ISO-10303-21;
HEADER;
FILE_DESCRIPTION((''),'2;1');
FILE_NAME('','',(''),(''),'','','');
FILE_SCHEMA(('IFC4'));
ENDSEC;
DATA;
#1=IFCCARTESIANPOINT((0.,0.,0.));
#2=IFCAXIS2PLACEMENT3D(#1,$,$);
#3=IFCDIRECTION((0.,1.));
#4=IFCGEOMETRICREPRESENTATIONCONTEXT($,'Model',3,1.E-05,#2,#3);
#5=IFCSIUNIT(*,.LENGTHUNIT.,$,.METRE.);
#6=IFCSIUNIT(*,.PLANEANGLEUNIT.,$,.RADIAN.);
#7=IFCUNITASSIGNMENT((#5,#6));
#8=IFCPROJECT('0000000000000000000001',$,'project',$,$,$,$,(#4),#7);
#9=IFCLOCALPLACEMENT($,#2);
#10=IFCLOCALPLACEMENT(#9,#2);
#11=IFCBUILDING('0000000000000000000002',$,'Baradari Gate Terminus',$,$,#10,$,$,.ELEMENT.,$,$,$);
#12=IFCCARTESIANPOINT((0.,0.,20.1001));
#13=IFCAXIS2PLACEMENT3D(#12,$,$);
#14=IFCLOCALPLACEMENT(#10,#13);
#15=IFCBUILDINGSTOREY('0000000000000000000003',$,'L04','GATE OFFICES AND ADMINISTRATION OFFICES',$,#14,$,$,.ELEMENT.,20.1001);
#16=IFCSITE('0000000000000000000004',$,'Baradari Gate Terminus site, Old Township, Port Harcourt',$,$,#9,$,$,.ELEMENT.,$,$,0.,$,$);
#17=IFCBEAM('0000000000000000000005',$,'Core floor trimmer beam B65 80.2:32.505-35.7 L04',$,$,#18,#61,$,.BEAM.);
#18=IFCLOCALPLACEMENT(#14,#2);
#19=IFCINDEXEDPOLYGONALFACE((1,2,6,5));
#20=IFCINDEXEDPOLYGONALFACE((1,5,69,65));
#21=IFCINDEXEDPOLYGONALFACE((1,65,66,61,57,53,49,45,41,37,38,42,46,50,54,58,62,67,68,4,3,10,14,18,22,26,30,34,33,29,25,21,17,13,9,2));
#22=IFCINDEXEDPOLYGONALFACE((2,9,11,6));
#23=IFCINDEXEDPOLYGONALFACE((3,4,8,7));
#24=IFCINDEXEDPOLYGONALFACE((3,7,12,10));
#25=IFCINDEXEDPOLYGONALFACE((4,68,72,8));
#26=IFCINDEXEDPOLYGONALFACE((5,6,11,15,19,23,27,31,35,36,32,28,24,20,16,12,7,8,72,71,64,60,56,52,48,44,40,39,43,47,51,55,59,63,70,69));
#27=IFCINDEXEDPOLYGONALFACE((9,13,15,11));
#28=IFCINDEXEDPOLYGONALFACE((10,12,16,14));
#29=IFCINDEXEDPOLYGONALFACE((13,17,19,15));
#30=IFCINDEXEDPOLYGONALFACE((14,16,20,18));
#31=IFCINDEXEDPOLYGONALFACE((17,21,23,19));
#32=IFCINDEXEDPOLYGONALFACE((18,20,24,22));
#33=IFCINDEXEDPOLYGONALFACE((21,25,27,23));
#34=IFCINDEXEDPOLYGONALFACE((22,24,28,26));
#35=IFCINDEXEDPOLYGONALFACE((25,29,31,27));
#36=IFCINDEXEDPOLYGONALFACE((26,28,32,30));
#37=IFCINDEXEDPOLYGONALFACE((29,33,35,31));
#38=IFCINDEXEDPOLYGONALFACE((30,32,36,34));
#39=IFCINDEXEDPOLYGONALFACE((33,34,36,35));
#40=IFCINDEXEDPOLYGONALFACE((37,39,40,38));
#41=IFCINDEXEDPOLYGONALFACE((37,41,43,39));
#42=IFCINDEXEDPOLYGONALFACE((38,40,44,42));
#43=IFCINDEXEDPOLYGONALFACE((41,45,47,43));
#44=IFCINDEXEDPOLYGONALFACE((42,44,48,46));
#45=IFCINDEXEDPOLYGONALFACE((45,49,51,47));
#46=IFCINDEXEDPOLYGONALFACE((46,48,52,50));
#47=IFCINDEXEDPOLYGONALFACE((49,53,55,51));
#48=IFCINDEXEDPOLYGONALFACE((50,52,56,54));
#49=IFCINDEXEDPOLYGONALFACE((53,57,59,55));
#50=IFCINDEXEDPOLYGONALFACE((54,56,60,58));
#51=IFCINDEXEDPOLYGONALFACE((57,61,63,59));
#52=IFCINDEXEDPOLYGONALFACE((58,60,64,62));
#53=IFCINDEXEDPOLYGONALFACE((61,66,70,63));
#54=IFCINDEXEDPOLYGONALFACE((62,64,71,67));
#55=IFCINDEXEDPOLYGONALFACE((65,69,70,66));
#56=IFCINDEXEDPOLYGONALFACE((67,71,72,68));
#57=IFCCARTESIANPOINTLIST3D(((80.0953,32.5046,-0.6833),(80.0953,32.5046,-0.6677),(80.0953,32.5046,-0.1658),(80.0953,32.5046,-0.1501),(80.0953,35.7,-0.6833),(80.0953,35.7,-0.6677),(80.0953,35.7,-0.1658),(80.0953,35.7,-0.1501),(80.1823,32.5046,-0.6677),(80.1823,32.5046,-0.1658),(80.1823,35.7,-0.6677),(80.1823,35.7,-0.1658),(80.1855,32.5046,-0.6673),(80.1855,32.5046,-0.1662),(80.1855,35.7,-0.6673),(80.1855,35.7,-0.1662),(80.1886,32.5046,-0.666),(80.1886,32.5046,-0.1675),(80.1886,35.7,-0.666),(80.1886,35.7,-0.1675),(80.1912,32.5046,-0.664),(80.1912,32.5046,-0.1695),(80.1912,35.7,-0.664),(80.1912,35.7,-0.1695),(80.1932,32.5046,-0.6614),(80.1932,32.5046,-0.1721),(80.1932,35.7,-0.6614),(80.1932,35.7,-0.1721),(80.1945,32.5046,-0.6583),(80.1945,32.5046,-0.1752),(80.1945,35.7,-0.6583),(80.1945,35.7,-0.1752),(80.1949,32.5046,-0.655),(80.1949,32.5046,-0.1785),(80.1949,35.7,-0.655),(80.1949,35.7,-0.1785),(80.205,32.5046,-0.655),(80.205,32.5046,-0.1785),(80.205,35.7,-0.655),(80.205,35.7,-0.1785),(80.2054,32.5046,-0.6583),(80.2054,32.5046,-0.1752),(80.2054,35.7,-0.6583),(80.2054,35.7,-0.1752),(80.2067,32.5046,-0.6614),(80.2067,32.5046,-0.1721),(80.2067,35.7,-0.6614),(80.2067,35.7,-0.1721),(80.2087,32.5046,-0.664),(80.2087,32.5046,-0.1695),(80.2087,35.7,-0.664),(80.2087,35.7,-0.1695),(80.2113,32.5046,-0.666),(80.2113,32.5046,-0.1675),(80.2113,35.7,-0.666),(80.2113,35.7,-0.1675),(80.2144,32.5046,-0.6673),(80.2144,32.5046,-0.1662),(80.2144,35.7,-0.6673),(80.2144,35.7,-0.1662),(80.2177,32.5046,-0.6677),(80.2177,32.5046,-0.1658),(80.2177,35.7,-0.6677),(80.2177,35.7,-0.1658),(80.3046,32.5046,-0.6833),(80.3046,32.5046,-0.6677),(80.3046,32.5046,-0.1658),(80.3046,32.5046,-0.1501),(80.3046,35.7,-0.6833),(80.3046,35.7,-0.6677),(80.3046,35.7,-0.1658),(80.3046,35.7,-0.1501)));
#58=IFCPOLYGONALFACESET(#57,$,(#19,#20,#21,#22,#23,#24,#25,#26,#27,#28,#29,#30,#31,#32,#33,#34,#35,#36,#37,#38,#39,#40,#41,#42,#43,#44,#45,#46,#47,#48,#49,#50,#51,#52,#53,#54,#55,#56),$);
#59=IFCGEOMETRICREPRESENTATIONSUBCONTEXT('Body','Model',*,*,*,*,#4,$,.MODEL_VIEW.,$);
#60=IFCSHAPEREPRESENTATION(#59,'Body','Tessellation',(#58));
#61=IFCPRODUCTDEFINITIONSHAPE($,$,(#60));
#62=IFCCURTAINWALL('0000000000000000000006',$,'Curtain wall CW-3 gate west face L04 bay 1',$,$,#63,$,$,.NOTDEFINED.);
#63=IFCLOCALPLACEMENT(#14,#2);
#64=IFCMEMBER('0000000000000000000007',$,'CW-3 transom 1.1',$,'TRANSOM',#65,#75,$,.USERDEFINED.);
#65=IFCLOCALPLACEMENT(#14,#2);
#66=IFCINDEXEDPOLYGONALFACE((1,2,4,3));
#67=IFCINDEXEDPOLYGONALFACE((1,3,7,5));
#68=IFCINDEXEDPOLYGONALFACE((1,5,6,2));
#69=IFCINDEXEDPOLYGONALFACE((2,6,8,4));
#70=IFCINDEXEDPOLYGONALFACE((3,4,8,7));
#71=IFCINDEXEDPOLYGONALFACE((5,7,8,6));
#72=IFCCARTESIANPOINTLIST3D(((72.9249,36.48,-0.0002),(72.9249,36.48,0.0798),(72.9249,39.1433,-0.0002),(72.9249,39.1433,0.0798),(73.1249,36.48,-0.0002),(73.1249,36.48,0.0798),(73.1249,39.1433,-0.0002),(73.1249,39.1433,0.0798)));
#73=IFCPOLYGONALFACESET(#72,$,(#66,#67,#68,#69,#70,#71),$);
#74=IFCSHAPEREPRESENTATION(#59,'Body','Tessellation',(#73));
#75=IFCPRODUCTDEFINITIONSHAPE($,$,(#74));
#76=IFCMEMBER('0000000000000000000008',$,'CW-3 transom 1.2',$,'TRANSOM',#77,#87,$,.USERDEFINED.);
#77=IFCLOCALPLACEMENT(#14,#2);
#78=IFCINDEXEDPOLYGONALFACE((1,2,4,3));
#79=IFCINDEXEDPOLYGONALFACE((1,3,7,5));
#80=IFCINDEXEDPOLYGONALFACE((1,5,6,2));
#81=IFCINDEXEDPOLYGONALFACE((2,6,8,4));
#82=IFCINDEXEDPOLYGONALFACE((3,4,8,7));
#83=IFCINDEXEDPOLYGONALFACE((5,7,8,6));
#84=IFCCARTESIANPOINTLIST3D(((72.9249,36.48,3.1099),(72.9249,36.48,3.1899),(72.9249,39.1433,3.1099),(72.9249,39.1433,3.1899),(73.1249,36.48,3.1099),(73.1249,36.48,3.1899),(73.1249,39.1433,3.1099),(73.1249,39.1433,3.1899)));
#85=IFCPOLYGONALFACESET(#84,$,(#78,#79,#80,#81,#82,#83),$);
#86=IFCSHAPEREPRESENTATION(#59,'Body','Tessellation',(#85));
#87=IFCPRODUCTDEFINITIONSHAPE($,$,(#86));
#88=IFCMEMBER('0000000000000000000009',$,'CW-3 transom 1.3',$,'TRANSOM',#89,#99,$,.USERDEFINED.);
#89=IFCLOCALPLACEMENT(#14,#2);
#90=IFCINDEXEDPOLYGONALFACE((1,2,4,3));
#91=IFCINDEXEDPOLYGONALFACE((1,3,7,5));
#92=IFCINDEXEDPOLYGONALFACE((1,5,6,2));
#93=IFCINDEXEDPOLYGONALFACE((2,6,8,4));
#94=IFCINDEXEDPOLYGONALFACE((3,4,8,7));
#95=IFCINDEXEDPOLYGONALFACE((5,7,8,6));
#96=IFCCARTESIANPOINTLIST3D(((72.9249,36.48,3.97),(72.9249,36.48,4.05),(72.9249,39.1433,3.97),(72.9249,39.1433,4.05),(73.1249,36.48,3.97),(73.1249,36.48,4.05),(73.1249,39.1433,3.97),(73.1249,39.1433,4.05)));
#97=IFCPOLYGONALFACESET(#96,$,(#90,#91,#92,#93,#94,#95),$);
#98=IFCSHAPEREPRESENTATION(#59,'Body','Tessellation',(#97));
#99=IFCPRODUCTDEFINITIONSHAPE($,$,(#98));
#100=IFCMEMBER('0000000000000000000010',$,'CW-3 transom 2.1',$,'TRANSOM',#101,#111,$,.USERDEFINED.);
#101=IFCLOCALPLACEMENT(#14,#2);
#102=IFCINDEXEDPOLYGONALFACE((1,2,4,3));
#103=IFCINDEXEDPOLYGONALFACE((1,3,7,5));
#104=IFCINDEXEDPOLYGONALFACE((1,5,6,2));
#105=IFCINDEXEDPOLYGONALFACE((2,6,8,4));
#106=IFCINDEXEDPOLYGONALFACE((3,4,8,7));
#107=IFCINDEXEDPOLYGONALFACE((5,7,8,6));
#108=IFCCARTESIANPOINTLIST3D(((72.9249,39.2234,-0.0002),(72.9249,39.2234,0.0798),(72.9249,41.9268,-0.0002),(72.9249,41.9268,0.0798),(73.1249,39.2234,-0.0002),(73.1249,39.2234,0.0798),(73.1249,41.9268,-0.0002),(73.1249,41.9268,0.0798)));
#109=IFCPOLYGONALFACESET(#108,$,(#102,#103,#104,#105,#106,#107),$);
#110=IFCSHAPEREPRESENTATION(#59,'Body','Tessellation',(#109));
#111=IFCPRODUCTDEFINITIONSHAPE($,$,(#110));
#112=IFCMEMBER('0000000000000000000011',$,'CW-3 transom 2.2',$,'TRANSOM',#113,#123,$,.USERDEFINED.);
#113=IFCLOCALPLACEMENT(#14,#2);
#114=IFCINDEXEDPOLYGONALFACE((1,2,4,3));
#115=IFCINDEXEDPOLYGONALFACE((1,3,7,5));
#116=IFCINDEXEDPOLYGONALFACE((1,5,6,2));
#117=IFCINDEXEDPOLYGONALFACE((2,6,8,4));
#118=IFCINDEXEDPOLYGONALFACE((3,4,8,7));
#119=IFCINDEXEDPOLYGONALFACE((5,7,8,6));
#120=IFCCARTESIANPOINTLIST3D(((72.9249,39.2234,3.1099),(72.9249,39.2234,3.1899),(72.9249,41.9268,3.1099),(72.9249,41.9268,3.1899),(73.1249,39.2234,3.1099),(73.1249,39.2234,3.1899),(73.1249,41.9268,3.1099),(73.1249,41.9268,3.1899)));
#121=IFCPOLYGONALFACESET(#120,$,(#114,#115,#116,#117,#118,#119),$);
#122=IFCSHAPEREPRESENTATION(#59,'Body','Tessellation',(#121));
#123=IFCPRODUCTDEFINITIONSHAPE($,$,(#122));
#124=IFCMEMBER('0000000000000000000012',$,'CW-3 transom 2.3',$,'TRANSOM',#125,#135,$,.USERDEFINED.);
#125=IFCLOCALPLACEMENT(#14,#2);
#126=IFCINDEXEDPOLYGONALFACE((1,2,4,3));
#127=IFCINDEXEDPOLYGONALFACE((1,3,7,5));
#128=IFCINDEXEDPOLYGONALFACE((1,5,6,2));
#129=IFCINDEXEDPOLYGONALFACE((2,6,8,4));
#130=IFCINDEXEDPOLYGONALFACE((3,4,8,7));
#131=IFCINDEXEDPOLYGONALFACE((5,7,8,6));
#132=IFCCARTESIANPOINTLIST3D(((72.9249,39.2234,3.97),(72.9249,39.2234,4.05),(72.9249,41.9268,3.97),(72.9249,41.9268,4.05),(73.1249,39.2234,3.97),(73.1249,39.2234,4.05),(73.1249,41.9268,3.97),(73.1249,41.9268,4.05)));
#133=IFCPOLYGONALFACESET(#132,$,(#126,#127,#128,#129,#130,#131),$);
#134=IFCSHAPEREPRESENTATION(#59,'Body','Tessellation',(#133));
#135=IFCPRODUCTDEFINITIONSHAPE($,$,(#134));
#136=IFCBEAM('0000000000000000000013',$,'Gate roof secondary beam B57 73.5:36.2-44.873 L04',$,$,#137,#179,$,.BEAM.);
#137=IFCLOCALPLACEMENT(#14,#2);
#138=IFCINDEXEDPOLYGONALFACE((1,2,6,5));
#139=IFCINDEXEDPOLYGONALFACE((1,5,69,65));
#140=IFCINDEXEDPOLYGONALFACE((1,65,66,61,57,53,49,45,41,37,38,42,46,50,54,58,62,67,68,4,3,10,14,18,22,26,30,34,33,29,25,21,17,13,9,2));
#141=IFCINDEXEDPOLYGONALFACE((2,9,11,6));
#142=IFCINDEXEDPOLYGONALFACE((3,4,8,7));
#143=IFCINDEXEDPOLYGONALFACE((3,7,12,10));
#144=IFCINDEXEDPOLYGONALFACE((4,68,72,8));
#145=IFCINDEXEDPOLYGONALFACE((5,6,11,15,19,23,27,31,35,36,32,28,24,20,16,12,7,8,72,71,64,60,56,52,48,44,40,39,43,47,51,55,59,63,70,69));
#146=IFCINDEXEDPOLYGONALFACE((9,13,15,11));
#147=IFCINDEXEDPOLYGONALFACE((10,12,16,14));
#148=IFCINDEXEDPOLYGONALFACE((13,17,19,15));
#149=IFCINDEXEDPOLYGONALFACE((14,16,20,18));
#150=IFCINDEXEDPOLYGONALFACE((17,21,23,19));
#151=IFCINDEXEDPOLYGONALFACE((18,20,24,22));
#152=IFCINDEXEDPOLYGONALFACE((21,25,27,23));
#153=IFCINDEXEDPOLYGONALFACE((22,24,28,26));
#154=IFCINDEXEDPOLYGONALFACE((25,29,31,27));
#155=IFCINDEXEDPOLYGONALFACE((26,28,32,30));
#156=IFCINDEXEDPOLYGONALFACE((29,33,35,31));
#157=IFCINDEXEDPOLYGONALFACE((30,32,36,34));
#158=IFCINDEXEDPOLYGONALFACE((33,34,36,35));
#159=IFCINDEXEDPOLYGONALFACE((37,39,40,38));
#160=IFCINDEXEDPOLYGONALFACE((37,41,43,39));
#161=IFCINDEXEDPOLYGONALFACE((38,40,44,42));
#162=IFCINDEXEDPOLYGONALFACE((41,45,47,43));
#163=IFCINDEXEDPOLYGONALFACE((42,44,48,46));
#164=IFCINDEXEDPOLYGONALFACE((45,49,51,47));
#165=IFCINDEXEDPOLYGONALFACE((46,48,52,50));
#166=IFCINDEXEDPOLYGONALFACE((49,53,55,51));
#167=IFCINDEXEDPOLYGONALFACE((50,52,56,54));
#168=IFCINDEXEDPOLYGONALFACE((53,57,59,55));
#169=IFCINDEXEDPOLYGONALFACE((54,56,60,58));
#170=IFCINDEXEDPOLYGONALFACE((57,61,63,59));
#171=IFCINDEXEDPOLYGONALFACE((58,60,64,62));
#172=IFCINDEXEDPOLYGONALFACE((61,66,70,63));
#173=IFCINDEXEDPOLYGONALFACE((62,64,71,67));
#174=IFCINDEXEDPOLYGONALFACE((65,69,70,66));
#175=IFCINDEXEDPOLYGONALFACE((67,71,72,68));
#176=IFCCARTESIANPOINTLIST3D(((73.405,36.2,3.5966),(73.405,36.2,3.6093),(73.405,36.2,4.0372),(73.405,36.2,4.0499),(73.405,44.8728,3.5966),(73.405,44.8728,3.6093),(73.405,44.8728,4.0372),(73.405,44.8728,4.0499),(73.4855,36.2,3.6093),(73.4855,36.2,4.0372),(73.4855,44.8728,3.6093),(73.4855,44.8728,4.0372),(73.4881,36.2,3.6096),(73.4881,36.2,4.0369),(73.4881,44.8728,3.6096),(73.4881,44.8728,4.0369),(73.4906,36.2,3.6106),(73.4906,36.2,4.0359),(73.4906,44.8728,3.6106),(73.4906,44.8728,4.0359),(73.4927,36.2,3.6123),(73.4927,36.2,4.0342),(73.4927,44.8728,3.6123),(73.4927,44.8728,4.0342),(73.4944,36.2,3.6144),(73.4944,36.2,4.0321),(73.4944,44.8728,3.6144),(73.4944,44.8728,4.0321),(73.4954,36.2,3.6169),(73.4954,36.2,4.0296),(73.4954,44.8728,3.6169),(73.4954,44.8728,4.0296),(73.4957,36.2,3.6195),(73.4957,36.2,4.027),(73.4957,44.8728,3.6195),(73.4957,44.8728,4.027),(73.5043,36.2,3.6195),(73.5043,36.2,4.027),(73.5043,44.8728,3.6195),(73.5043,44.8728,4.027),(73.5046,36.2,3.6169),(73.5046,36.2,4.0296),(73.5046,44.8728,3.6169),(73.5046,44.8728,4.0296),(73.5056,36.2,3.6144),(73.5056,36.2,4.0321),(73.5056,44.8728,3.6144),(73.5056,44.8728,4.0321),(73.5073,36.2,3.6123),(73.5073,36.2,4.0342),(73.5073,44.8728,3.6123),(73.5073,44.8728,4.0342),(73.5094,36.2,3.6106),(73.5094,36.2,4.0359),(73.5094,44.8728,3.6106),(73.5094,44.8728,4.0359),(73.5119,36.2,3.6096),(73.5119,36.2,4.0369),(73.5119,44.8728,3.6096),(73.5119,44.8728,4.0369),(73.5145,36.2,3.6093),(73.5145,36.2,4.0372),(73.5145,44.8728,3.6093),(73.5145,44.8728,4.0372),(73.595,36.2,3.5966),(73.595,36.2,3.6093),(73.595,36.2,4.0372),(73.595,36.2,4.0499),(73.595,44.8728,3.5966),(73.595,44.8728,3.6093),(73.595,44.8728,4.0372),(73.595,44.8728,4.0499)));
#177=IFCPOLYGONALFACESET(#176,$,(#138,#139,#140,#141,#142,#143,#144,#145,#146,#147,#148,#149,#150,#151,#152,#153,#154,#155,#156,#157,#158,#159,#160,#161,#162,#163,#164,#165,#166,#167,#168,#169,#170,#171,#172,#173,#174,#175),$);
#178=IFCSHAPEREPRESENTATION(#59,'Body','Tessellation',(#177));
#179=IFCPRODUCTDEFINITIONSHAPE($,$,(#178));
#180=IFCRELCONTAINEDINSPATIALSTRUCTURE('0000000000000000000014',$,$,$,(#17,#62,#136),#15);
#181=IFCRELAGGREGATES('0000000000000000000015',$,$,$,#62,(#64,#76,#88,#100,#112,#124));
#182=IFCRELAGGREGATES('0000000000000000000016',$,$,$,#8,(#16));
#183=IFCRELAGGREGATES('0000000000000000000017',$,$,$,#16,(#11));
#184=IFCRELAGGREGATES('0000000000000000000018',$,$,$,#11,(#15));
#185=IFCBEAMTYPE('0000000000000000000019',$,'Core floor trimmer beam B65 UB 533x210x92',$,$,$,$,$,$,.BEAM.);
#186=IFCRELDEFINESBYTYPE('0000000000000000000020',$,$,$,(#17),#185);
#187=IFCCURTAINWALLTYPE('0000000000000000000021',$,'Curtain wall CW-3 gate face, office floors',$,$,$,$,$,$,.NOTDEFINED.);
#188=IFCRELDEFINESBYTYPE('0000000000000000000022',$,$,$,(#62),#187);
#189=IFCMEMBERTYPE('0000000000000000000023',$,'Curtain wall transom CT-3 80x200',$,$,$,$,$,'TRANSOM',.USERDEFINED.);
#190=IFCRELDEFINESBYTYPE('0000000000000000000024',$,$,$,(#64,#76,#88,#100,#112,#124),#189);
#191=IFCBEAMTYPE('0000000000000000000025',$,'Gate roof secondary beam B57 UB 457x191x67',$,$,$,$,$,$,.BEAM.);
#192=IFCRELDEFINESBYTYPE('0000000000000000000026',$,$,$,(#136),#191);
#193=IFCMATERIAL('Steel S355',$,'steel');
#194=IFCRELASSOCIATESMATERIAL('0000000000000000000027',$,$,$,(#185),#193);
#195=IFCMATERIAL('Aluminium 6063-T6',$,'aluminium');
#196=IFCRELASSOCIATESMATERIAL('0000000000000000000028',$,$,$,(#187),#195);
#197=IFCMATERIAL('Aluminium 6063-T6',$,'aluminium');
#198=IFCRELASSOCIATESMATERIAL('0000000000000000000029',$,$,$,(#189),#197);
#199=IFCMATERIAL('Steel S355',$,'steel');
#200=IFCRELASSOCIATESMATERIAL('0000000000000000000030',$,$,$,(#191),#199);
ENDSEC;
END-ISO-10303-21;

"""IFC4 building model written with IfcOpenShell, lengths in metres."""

from ifc_helpers import new_model, si_unit, direction, frame, origin, origin_2d, place, context, subcontext, project, spatial, rectangle, i_section, extrude, material, material_profile, profile_set, type_object, element, aggregate, save


model = new_model("IFC4")

# Units and contexts
model_context = context("Model", 3, precision=1e-05, world=origin(), true_north=direction((0.0, 1.0)))
body_context = subcontext(model_context, "Body", "Model", "MODEL_VIEW")
ifc_project = project(units=[si_unit("LENGTHUNIT", "METRE"), si_unit("PLANEANGLEUNIT", "RADIAN")], contexts=[model_context])

# Site, building, storey
site_placement = place(None, origin())
site = spatial("IfcSite", under=ifc_project, at=site_placement, Name="Baradari Gate Terminus site, Old Township, Port Harcourt", CompositionType="ELEMENT", RefElevation=0.0)
building_placement = place(site_placement, origin())
building = spatial("IfcBuilding", under=site, at=building_placement, Name="Baradari Gate Terminus", CompositionType="ELEMENT")
storey_placement = place(building_placement, frame((0.0, 0.0, 20.1001)))
storey = spatial("IfcBuildingStorey", under=building, at=storey_placement, Name="L04", Description="GATE OFFICES AND ADMINISTRATION OFFICES", CompositionType="ELEMENT", Elevation=20.1001)

# Beam
ifc_material_1 = material(Name="Steel S355", Category="steel")
ifc_material_profile_1 = material_profile(ifc_material_1, i_section(OverallWidth=0.2092, OverallDepth=0.5332, WebThickness=0.01, FlangeThickness=0.0156, FilletRadius=0.0127, at=origin_2d()), Name="UB 533x210x92")
ifc_profile_set_1 = profile_set([ifc_material_profile_1], Name="Steel S355")
beam_type_1 = type_object("IfcBeamType", Name="Core floor trimmer beam B65 UB 533x210x92", PredefinedType="BEAM", material=ifc_profile_set_1)
beam_placement = place(storey_placement, frame((80.2, 32.5046, -0.4167), z_axis=(0.0, 1.0, 0.0), x_axis=(-1.0, 0.0, 0.0)))
element("IfcBeam", 1, at=beam_placement, inside=storey, type_object=beam_type_1, Name="Core floor trimmer beam B65 80.2:32.505-35.7 L04", PredefinedType="BEAM", context=body_context, shape_type="SweptSolid", body=[
    extrude(i_section(OverallWidth=0.2092, OverallDepth=0.5332, WebThickness=0.01, FlangeThickness=0.0156, FilletRadius=0.0127, at=origin_2d()), origin(), (0.0, 0.0, 1.0), 3.1953),
])

# Curtain wall, members
ifc_material_2 = material(Name="Aluminium 6063-T6", Category="aluminium")
curtain_wall_type = type_object("IfcCurtainWallType", Name="Curtain wall CW-3 gate face, office floors", PredefinedType="NOTDEFINED", material=ifc_material_2)
curtain_wall_placement = place(storey_placement, origin())
curtain_wall = element("IfcCurtainWall", 2, at=curtain_wall_placement, inside=storey, type_object=curtain_wall_type, Name="Curtain wall CW-3 gate west face L04 bay 1", PredefinedType="NOTDEFINED")
ifc_material_3 = material(Name="Aluminium 6063-T6", Category="aluminium")
ifc_material_profile_2 = material_profile(ifc_material_3, rectangle(XDim=0.2, YDim=0.0801, at=origin_2d()), Name="CT-3 80X200")
ifc_profile_set_2 = profile_set([ifc_material_profile_2], Name="Aluminium 6063-T6")
member_type = type_object("IfcMemberType", Name="Curtain wall transom CT-3 80x200", ElementType="TRANSOM", PredefinedType="USERDEFINED", material=ifc_profile_set_2)
member_1_placement = place(storey_placement, frame((73.0249, 36.48, 0.0398), z_axis=(0.0, 1.0, 0.0), x_axis=(-1.0, 0.0, 0.0)))
member_1 = element("IfcMember", 3, at=member_1_placement, type_object=member_type, Name="CW-3 transom 1.1", ObjectType="TRANSOM", PredefinedType="USERDEFINED", context=body_context, shape_type="SweptSolid", body=[
    extrude(rectangle(XDim=0.2, YDim=0.0801, at=origin_2d()), origin(), (0.0, 0.0, 1.0), 2.6633),
])
member_2_placement = place(storey_placement, frame((73.0249, 36.48, 3.1499), z_axis=(0.0, 1.0, 0.0), x_axis=(-1.0, 0.0, 0.0)))
member_2 = element("IfcMember", 4, at=member_2_placement, type_object=member_type, Name="CW-3 transom 1.2", ObjectType="TRANSOM", PredefinedType="USERDEFINED", context=body_context, shape_type="SweptSolid", body=[
    extrude(rectangle(XDim=0.2, YDim=0.0801, at=origin_2d()), origin(), (0.0, 0.0, 1.0), 2.6633),
])
member_3_placement = place(storey_placement, frame((73.0249, 36.48, 4.01), z_axis=(0.0, 1.0, 0.0), x_axis=(-1.0, 0.0, 0.0)))
member_3 = element("IfcMember", 5, at=member_3_placement, type_object=member_type, Name="CW-3 transom 1.3", ObjectType="TRANSOM", PredefinedType="USERDEFINED", context=body_context, shape_type="SweptSolid", body=[
    extrude(rectangle(XDim=0.2, YDim=0.0801, at=origin_2d()), origin(), (0.0, 0.0, 1.0), 2.6633),
])
member_4_placement = place(storey_placement, frame((73.0249, 39.2234, 0.0398), z_axis=(0.0, 1.0, 0.0), x_axis=(-1.0, 0.0, 0.0)))
member_4 = element("IfcMember", 6, at=member_4_placement, type_object=member_type, Name="CW-3 transom 2.1", ObjectType="TRANSOM", PredefinedType="USERDEFINED", context=body_context, shape_type="SweptSolid", body=[
    extrude(rectangle(XDim=0.2, YDim=0.0801, at=origin_2d()), origin(), (0.0, 0.0, 1.0), 2.7034),
])
member_5_placement = place(storey_placement, frame((73.0249, 39.2234, 3.1499), z_axis=(0.0, 1.0, 0.0), x_axis=(-1.0, 0.0, 0.0)))
member_5 = element("IfcMember", 7, at=member_5_placement, type_object=member_type, Name="CW-3 transom 2.2", ObjectType="TRANSOM", PredefinedType="USERDEFINED", context=body_context, shape_type="SweptSolid", body=[
    extrude(rectangle(XDim=0.2, YDim=0.0801, at=origin_2d()), origin(), (0.0, 0.0, 1.0), 2.7034),
])
member_6_placement = place(storey_placement, frame((73.0249, 39.2234, 4.01), z_axis=(0.0, 1.0, 0.0), x_axis=(-1.0, 0.0, 0.0)))
member_6 = element("IfcMember", 8, at=member_6_placement, type_object=member_type, Name="CW-3 transom 2.3", ObjectType="TRANSOM", PredefinedType="USERDEFINED", context=body_context, shape_type="SweptSolid", body=[
    extrude(rectangle(XDim=0.2, YDim=0.0801, at=origin_2d()), origin(), (0.0, 0.0, 1.0), 2.7034),
])

# Beam
ifc_material_4 = material(Name="Steel S355", Category="steel")
ifc_material_profile_3 = material_profile(ifc_material_4, i_section(OverallWidth=0.1899, OverallDepth=0.4534, WebThickness=0.0085, FlangeThickness=0.0127, FilletRadius=0.0103, at=origin_2d()), Name="UB 457x191x67")
ifc_profile_set_3 = profile_set([ifc_material_profile_3], Name="Steel S355")
beam_type_2 = type_object("IfcBeamType", Name="Gate roof secondary beam B57 UB 457x191x67", PredefinedType="BEAM", material=ifc_profile_set_3)
for number, where, z_axis, x_axis, name in (
    (9, (73.5, 36.2, 3.8232), (0.0, 1.0, 0.0), (-1.0, 0.0, 0.0), "Gate roof secondary beam B57 73.5:36.2-44.873 L04"),
):
    element("IfcBeam", number, at=place(storey_placement, frame(where, z_axis=z_axis, x_axis=x_axis)), inside=storey, type_object=beam_type_2, Name=name, PredefinedType="BEAM", context=body_context, shape_type="SweptSolid", body=[
        extrude(i_section(OverallWidth=0.1899, OverallDepth=0.4534, WebThickness=0.0085, FlangeThickness=0.0127, FilletRadius=0.0103, at=origin_2d()), origin(), (0.0, 0.0, 1.0), 8.6729),
    ])

aggregate(curtain_wall, [member_1, member_2, member_3, member_4, member_5, member_6])

save(model, "model.ifc")
